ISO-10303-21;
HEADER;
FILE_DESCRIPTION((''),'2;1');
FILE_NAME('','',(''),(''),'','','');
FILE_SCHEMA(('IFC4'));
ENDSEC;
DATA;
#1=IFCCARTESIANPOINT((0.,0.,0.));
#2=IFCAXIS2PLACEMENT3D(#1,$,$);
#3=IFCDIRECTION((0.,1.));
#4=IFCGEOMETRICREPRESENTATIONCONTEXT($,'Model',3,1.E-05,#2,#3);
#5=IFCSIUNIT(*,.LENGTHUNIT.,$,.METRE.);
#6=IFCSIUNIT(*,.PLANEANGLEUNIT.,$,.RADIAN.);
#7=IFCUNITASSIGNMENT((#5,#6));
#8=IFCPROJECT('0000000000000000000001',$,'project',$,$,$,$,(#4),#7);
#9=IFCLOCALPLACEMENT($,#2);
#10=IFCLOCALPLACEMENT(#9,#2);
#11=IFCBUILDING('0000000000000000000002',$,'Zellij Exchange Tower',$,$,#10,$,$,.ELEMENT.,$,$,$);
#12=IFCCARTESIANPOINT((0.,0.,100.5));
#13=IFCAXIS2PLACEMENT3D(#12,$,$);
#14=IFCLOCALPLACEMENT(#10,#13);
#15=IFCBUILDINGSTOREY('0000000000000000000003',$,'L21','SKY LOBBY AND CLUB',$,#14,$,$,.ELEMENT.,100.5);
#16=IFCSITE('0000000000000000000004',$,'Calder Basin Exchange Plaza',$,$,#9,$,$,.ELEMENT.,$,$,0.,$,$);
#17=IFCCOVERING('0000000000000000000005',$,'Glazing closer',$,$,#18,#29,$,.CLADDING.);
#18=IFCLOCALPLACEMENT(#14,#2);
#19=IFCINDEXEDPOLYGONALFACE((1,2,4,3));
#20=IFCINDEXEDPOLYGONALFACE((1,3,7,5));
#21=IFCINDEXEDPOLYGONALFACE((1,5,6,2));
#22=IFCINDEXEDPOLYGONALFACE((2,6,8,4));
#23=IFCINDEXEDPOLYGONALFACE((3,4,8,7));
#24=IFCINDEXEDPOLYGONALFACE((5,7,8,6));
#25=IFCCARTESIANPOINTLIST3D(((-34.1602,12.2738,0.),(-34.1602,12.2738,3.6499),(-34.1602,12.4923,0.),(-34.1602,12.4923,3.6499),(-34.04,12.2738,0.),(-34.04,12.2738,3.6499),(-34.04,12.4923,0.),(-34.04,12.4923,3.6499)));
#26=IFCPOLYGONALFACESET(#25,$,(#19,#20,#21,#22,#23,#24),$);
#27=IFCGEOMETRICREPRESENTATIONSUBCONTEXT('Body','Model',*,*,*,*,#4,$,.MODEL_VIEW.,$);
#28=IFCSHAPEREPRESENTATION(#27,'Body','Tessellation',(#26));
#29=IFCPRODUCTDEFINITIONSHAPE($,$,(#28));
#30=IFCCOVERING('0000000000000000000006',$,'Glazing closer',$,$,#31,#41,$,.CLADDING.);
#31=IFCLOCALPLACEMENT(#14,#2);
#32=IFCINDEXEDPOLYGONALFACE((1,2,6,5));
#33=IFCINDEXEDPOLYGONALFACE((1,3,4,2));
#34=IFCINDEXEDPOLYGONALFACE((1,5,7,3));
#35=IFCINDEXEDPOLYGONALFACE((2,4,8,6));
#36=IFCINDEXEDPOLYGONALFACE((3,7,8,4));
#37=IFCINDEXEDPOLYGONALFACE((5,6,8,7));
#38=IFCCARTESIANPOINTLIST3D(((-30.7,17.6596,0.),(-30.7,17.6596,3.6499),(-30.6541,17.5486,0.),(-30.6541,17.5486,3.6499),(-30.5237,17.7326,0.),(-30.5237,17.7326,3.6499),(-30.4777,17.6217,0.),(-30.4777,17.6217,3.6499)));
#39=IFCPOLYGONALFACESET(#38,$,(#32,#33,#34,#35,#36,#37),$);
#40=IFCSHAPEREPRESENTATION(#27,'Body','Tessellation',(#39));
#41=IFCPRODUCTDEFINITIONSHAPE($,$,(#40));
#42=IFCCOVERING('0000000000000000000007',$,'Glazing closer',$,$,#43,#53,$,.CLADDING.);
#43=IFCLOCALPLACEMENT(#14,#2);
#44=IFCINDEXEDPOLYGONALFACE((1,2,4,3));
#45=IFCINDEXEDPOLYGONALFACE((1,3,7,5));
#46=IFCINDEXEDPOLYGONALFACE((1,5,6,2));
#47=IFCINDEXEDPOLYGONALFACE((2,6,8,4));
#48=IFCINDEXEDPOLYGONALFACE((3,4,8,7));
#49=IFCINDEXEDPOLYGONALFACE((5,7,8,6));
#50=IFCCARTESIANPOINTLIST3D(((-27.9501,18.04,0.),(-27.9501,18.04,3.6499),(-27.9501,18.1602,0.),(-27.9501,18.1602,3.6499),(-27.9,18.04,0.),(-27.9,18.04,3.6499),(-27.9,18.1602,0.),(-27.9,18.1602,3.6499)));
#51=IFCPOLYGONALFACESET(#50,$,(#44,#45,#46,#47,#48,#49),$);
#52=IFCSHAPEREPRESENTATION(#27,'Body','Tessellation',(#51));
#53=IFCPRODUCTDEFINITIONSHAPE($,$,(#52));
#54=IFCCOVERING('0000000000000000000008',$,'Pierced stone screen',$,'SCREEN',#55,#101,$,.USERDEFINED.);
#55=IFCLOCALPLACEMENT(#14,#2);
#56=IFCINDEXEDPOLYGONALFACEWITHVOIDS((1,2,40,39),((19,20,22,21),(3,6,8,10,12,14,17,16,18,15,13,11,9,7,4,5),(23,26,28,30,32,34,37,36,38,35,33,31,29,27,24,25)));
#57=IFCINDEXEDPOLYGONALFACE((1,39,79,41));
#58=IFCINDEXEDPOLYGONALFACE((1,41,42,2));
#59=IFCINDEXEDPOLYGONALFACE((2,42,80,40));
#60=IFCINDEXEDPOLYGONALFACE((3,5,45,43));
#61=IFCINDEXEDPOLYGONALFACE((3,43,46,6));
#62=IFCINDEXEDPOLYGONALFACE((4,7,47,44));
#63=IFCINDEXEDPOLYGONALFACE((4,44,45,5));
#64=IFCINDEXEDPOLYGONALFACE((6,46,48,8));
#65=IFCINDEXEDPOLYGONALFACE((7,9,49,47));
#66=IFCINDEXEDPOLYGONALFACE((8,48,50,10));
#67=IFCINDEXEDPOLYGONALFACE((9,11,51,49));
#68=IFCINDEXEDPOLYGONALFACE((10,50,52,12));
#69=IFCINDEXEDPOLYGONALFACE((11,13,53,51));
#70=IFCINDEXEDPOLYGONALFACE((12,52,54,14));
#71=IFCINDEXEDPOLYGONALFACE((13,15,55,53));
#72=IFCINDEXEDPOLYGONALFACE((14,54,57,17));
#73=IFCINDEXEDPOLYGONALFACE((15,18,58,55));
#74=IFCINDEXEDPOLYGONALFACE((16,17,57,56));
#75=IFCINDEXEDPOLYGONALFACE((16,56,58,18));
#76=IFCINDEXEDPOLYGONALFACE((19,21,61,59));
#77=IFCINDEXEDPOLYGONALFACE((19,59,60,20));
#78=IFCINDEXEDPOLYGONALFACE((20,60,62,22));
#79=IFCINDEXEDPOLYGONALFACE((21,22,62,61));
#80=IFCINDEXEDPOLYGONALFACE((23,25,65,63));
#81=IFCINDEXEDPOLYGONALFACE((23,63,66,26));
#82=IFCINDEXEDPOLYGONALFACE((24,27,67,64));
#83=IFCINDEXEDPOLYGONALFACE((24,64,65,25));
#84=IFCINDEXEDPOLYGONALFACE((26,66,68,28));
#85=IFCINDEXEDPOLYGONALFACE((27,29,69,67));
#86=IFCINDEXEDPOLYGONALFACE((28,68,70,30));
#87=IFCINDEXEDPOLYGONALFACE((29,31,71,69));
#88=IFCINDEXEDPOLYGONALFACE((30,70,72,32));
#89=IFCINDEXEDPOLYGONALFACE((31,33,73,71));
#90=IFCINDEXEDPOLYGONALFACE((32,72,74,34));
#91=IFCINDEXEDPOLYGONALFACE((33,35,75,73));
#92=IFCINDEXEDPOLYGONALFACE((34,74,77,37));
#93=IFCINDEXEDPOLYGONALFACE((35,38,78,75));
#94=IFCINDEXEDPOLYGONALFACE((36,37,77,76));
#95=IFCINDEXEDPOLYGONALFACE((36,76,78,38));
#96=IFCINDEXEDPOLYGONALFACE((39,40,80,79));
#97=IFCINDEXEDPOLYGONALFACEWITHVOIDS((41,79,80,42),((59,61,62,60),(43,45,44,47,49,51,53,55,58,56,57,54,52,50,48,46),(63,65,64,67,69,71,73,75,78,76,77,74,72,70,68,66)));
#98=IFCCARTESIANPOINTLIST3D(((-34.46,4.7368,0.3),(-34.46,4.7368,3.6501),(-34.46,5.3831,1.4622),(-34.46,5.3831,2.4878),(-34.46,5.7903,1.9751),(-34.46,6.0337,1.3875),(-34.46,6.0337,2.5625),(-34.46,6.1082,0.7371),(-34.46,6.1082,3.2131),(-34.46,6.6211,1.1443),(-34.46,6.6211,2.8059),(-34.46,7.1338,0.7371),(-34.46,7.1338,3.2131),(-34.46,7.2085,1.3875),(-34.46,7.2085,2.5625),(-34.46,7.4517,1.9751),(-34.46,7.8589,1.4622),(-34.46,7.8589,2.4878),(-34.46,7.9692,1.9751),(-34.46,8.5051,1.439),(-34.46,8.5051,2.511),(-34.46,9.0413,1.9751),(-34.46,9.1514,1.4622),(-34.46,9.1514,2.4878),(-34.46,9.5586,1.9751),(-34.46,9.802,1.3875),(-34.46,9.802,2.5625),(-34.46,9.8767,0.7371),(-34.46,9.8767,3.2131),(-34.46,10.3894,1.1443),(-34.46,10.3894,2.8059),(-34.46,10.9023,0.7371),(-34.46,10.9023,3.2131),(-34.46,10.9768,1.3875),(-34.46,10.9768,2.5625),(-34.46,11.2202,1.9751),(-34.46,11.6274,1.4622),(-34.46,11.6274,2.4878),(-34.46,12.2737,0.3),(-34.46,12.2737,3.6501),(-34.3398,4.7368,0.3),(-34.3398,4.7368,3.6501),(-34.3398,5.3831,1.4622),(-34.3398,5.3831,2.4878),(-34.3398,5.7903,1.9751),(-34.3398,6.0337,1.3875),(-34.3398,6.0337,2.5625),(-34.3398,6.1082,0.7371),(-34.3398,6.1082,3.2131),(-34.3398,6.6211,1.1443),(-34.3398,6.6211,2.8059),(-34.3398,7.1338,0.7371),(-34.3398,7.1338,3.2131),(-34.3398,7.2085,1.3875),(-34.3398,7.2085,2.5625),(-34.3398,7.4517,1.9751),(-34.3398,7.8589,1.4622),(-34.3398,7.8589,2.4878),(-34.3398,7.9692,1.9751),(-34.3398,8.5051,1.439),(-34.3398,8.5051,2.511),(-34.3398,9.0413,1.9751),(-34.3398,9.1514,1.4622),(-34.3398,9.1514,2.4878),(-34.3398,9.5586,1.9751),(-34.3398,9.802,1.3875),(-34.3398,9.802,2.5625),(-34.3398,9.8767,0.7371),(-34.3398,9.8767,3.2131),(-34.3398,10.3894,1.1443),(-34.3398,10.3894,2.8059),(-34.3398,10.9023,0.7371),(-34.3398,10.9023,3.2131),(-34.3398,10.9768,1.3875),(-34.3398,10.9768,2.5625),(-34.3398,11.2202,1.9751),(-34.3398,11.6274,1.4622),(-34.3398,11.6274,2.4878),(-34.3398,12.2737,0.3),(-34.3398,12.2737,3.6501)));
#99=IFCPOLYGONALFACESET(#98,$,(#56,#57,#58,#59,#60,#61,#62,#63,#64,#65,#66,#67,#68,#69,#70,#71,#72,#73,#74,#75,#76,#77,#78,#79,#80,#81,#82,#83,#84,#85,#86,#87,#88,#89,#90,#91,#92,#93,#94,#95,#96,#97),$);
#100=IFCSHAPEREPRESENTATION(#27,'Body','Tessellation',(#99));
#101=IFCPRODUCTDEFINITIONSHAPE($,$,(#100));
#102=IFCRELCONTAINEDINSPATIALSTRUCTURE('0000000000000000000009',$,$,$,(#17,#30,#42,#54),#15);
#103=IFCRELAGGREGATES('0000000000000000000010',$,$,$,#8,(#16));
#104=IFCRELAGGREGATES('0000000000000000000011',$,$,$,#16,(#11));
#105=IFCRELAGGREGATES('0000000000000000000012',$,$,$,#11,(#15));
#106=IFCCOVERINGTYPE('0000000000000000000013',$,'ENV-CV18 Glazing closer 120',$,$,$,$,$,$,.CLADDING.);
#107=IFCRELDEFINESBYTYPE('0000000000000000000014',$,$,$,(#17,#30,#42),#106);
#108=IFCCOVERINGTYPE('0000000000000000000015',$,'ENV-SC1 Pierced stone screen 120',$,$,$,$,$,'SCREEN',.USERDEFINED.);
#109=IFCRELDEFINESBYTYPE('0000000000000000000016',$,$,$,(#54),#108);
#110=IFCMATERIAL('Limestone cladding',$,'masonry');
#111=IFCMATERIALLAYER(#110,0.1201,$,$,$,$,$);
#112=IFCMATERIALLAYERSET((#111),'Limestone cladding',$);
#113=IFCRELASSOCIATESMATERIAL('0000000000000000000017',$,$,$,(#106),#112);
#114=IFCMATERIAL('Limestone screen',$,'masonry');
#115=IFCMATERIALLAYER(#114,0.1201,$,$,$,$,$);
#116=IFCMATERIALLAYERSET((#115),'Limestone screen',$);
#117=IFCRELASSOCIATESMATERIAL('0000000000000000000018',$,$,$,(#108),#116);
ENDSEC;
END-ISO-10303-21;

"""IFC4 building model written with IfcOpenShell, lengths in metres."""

from ifc_helpers import new_model, si_unit, direction, frame, origin, origin_2d, place, context, subcontext, project, spatial, polyline, rectangle, outline, extrude, material, layer, layer_set, type_object, element, save


model = new_model("IFC4")

# Units and contexts
model_context = context("Model", 3, precision=1e-05, world=origin(), true_north=direction((0.0, 1.0)))
body_context = subcontext(model_context, "Body", "Model", "MODEL_VIEW")
ifc_project = project(units=[si_unit("LENGTHUNIT", "METRE"), si_unit("PLANEANGLEUNIT", "RADIAN")], contexts=[model_context])

# Site, building, storey
site_placement = place(None, origin())
site = spatial("IfcSite", under=ifc_project, at=site_placement, Name="Calder Basin Exchange Plaza", CompositionType="ELEMENT", RefElevation=0.0)
building_placement = place(site_placement, origin())
building = spatial("IfcBuilding", under=site, at=building_placement, Name="Zellij Exchange Tower", CompositionType="ELEMENT")
storey_placement = place(building_placement, frame((0.0, 0.0, 100.5)))
storey = spatial("IfcBuildingStorey", under=building, at=storey_placement, Name="L21", Description="SKY LOBBY AND CLUB", CompositionType="ELEMENT", Elevation=100.5)

# Coverings
ifc_material_1 = material(Name="Limestone cladding", Category="masonry")
ifc_layer_1 = layer(ifc_material_1, 0.1201)
ifc_layer_set_1 = layer_set([ifc_layer_1], Name="Limestone cladding")
covering_type_1 = type_object("IfcCoveringType", Name="ENV-CV18 Glazing closer 120", PredefinedType="CLADDING", material=ifc_layer_set_1)
covering_1_placement = place(storey_placement, frame((-34.1001, 12.3831, 0.0), z_axis=(0.0, 0.0, 1.0), x_axis=(0.0, 1.0, 0.0)))
element("IfcCovering", 1, at=covering_1_placement, inside=storey, type_object=covering_type_1, Name="Glazing closer", PredefinedType="CLADDING", context=body_context, shape_type="SweptSolid", body=[
    extrude(rectangle(XDim=0.2185, YDim=0.1201, at=origin_2d()), origin(), (0.0, 0.0, 1.0), 3.6499),
])
covering_2_placement = place(storey_placement, frame((-30.5889, 17.6406, 0.0), z_axis=(0.0, 0.0, 1.0), x_axis=(-0.923882, -0.382679, 0.0)))
element("IfcCovering", 2, at=covering_2_placement, inside=storey, type_object=covering_type_1, Name="Glazing closer", PredefinedType="CLADDING", context=body_context, shape_type="SweptSolid", body=[
    extrude(rectangle(XDim=0.1909, YDim=0.1201, at=origin_2d()), origin(), (0.0, 0.0, 1.0), 3.6499),
])
covering_3_placement = place(storey_placement, frame((-27.925, 18.1001, 0.0), z_axis=(0.0, 0.0, 1.0), x_axis=(1.0, 0.0, 0.0)))
element("IfcCovering", 3, at=covering_3_placement, inside=storey, type_object=covering_type_1, Name="Glazing closer", PredefinedType="CLADDING", context=body_context, shape_type="SweptSolid", body=[
    extrude(rectangle(XDim=0.05, YDim=0.1201, at=origin_2d()), origin(), (0.0, 0.0, 1.0), 3.6499),
])
ifc_material_2 = material(Name="Limestone screen", Category="masonry")
ifc_layer_2 = layer(ifc_material_2, 0.1201)
ifc_layer_set_2 = layer_set([ifc_layer_2], Name="Limestone screen")
covering_type_2 = type_object("IfcCoveringType", Name="ENV-SC1 Pierced stone screen 120", ElementType="SCREEN", PredefinedType="USERDEFINED", material=ifc_layer_set_2)
covering_4_placement = place(storey_placement, frame((-34.3999, 12.2737, 0.3), z_axis=(0.0, 0.0, 1.0), x_axis=(0.0, -1.0, 0.0)))
element("IfcCovering", 4, at=covering_4_placement, inside=storey, type_object=covering_type_2, Name="Pierced stone screen", ObjectType="SCREEN", PredefinedType="USERDEFINED", context=body_context, shape_type="SweptSolid", body=[
    extrude(outline(polyline([(0.0, 0.0), (7.5369, 0.0), (7.5369, 3.3501), (0.0, 3.3501), (0.0, 0.0)]), holes=[polyline([(3.1223, 2.1877), (2.4717, 2.2625), (2.397, 2.9131), (1.8843, 2.5059), (1.3713, 2.9131), (1.2969, 2.2625), (0.6462, 2.1877), (1.0535, 1.675), (0.6462, 1.1621), (1.2969, 1.0874), (1.3713, 0.437), (1.8843, 0.8442), (2.397, 0.437), (2.4717, 1.0874), (3.1223, 1.1621), (2.7151, 1.675), (3.1223, 2.1877)]), polyline([(6.8906, 2.1877), (6.24, 2.2625), (6.1655, 2.9131), (5.6526, 2.5059), (5.1399, 2.9131), (5.0652, 2.2625), (4.4148, 2.1877), (4.822, 1.675), (4.4148, 1.1621), (5.0652, 1.0874), (5.1399, 0.437), (5.6526, 0.8442), (6.1655, 0.437), (6.24, 1.0874), (6.8906, 1.1621), (6.4834, 1.675), (6.8906, 2.1877)]), polyline([(4.3044, 1.675), (3.7686, 2.2109), (3.2324, 1.675), (3.7686, 1.1389), (4.3044, 1.675)])]), frame((0.0, 0.0601, 0.0), z_axis=(0.0, -1.0, 0.0), x_axis=(1.0, 0.0, 0.0)), (0.0, 0.0, 1.0), 0.1201),
])

save(model, "model.ifc")
